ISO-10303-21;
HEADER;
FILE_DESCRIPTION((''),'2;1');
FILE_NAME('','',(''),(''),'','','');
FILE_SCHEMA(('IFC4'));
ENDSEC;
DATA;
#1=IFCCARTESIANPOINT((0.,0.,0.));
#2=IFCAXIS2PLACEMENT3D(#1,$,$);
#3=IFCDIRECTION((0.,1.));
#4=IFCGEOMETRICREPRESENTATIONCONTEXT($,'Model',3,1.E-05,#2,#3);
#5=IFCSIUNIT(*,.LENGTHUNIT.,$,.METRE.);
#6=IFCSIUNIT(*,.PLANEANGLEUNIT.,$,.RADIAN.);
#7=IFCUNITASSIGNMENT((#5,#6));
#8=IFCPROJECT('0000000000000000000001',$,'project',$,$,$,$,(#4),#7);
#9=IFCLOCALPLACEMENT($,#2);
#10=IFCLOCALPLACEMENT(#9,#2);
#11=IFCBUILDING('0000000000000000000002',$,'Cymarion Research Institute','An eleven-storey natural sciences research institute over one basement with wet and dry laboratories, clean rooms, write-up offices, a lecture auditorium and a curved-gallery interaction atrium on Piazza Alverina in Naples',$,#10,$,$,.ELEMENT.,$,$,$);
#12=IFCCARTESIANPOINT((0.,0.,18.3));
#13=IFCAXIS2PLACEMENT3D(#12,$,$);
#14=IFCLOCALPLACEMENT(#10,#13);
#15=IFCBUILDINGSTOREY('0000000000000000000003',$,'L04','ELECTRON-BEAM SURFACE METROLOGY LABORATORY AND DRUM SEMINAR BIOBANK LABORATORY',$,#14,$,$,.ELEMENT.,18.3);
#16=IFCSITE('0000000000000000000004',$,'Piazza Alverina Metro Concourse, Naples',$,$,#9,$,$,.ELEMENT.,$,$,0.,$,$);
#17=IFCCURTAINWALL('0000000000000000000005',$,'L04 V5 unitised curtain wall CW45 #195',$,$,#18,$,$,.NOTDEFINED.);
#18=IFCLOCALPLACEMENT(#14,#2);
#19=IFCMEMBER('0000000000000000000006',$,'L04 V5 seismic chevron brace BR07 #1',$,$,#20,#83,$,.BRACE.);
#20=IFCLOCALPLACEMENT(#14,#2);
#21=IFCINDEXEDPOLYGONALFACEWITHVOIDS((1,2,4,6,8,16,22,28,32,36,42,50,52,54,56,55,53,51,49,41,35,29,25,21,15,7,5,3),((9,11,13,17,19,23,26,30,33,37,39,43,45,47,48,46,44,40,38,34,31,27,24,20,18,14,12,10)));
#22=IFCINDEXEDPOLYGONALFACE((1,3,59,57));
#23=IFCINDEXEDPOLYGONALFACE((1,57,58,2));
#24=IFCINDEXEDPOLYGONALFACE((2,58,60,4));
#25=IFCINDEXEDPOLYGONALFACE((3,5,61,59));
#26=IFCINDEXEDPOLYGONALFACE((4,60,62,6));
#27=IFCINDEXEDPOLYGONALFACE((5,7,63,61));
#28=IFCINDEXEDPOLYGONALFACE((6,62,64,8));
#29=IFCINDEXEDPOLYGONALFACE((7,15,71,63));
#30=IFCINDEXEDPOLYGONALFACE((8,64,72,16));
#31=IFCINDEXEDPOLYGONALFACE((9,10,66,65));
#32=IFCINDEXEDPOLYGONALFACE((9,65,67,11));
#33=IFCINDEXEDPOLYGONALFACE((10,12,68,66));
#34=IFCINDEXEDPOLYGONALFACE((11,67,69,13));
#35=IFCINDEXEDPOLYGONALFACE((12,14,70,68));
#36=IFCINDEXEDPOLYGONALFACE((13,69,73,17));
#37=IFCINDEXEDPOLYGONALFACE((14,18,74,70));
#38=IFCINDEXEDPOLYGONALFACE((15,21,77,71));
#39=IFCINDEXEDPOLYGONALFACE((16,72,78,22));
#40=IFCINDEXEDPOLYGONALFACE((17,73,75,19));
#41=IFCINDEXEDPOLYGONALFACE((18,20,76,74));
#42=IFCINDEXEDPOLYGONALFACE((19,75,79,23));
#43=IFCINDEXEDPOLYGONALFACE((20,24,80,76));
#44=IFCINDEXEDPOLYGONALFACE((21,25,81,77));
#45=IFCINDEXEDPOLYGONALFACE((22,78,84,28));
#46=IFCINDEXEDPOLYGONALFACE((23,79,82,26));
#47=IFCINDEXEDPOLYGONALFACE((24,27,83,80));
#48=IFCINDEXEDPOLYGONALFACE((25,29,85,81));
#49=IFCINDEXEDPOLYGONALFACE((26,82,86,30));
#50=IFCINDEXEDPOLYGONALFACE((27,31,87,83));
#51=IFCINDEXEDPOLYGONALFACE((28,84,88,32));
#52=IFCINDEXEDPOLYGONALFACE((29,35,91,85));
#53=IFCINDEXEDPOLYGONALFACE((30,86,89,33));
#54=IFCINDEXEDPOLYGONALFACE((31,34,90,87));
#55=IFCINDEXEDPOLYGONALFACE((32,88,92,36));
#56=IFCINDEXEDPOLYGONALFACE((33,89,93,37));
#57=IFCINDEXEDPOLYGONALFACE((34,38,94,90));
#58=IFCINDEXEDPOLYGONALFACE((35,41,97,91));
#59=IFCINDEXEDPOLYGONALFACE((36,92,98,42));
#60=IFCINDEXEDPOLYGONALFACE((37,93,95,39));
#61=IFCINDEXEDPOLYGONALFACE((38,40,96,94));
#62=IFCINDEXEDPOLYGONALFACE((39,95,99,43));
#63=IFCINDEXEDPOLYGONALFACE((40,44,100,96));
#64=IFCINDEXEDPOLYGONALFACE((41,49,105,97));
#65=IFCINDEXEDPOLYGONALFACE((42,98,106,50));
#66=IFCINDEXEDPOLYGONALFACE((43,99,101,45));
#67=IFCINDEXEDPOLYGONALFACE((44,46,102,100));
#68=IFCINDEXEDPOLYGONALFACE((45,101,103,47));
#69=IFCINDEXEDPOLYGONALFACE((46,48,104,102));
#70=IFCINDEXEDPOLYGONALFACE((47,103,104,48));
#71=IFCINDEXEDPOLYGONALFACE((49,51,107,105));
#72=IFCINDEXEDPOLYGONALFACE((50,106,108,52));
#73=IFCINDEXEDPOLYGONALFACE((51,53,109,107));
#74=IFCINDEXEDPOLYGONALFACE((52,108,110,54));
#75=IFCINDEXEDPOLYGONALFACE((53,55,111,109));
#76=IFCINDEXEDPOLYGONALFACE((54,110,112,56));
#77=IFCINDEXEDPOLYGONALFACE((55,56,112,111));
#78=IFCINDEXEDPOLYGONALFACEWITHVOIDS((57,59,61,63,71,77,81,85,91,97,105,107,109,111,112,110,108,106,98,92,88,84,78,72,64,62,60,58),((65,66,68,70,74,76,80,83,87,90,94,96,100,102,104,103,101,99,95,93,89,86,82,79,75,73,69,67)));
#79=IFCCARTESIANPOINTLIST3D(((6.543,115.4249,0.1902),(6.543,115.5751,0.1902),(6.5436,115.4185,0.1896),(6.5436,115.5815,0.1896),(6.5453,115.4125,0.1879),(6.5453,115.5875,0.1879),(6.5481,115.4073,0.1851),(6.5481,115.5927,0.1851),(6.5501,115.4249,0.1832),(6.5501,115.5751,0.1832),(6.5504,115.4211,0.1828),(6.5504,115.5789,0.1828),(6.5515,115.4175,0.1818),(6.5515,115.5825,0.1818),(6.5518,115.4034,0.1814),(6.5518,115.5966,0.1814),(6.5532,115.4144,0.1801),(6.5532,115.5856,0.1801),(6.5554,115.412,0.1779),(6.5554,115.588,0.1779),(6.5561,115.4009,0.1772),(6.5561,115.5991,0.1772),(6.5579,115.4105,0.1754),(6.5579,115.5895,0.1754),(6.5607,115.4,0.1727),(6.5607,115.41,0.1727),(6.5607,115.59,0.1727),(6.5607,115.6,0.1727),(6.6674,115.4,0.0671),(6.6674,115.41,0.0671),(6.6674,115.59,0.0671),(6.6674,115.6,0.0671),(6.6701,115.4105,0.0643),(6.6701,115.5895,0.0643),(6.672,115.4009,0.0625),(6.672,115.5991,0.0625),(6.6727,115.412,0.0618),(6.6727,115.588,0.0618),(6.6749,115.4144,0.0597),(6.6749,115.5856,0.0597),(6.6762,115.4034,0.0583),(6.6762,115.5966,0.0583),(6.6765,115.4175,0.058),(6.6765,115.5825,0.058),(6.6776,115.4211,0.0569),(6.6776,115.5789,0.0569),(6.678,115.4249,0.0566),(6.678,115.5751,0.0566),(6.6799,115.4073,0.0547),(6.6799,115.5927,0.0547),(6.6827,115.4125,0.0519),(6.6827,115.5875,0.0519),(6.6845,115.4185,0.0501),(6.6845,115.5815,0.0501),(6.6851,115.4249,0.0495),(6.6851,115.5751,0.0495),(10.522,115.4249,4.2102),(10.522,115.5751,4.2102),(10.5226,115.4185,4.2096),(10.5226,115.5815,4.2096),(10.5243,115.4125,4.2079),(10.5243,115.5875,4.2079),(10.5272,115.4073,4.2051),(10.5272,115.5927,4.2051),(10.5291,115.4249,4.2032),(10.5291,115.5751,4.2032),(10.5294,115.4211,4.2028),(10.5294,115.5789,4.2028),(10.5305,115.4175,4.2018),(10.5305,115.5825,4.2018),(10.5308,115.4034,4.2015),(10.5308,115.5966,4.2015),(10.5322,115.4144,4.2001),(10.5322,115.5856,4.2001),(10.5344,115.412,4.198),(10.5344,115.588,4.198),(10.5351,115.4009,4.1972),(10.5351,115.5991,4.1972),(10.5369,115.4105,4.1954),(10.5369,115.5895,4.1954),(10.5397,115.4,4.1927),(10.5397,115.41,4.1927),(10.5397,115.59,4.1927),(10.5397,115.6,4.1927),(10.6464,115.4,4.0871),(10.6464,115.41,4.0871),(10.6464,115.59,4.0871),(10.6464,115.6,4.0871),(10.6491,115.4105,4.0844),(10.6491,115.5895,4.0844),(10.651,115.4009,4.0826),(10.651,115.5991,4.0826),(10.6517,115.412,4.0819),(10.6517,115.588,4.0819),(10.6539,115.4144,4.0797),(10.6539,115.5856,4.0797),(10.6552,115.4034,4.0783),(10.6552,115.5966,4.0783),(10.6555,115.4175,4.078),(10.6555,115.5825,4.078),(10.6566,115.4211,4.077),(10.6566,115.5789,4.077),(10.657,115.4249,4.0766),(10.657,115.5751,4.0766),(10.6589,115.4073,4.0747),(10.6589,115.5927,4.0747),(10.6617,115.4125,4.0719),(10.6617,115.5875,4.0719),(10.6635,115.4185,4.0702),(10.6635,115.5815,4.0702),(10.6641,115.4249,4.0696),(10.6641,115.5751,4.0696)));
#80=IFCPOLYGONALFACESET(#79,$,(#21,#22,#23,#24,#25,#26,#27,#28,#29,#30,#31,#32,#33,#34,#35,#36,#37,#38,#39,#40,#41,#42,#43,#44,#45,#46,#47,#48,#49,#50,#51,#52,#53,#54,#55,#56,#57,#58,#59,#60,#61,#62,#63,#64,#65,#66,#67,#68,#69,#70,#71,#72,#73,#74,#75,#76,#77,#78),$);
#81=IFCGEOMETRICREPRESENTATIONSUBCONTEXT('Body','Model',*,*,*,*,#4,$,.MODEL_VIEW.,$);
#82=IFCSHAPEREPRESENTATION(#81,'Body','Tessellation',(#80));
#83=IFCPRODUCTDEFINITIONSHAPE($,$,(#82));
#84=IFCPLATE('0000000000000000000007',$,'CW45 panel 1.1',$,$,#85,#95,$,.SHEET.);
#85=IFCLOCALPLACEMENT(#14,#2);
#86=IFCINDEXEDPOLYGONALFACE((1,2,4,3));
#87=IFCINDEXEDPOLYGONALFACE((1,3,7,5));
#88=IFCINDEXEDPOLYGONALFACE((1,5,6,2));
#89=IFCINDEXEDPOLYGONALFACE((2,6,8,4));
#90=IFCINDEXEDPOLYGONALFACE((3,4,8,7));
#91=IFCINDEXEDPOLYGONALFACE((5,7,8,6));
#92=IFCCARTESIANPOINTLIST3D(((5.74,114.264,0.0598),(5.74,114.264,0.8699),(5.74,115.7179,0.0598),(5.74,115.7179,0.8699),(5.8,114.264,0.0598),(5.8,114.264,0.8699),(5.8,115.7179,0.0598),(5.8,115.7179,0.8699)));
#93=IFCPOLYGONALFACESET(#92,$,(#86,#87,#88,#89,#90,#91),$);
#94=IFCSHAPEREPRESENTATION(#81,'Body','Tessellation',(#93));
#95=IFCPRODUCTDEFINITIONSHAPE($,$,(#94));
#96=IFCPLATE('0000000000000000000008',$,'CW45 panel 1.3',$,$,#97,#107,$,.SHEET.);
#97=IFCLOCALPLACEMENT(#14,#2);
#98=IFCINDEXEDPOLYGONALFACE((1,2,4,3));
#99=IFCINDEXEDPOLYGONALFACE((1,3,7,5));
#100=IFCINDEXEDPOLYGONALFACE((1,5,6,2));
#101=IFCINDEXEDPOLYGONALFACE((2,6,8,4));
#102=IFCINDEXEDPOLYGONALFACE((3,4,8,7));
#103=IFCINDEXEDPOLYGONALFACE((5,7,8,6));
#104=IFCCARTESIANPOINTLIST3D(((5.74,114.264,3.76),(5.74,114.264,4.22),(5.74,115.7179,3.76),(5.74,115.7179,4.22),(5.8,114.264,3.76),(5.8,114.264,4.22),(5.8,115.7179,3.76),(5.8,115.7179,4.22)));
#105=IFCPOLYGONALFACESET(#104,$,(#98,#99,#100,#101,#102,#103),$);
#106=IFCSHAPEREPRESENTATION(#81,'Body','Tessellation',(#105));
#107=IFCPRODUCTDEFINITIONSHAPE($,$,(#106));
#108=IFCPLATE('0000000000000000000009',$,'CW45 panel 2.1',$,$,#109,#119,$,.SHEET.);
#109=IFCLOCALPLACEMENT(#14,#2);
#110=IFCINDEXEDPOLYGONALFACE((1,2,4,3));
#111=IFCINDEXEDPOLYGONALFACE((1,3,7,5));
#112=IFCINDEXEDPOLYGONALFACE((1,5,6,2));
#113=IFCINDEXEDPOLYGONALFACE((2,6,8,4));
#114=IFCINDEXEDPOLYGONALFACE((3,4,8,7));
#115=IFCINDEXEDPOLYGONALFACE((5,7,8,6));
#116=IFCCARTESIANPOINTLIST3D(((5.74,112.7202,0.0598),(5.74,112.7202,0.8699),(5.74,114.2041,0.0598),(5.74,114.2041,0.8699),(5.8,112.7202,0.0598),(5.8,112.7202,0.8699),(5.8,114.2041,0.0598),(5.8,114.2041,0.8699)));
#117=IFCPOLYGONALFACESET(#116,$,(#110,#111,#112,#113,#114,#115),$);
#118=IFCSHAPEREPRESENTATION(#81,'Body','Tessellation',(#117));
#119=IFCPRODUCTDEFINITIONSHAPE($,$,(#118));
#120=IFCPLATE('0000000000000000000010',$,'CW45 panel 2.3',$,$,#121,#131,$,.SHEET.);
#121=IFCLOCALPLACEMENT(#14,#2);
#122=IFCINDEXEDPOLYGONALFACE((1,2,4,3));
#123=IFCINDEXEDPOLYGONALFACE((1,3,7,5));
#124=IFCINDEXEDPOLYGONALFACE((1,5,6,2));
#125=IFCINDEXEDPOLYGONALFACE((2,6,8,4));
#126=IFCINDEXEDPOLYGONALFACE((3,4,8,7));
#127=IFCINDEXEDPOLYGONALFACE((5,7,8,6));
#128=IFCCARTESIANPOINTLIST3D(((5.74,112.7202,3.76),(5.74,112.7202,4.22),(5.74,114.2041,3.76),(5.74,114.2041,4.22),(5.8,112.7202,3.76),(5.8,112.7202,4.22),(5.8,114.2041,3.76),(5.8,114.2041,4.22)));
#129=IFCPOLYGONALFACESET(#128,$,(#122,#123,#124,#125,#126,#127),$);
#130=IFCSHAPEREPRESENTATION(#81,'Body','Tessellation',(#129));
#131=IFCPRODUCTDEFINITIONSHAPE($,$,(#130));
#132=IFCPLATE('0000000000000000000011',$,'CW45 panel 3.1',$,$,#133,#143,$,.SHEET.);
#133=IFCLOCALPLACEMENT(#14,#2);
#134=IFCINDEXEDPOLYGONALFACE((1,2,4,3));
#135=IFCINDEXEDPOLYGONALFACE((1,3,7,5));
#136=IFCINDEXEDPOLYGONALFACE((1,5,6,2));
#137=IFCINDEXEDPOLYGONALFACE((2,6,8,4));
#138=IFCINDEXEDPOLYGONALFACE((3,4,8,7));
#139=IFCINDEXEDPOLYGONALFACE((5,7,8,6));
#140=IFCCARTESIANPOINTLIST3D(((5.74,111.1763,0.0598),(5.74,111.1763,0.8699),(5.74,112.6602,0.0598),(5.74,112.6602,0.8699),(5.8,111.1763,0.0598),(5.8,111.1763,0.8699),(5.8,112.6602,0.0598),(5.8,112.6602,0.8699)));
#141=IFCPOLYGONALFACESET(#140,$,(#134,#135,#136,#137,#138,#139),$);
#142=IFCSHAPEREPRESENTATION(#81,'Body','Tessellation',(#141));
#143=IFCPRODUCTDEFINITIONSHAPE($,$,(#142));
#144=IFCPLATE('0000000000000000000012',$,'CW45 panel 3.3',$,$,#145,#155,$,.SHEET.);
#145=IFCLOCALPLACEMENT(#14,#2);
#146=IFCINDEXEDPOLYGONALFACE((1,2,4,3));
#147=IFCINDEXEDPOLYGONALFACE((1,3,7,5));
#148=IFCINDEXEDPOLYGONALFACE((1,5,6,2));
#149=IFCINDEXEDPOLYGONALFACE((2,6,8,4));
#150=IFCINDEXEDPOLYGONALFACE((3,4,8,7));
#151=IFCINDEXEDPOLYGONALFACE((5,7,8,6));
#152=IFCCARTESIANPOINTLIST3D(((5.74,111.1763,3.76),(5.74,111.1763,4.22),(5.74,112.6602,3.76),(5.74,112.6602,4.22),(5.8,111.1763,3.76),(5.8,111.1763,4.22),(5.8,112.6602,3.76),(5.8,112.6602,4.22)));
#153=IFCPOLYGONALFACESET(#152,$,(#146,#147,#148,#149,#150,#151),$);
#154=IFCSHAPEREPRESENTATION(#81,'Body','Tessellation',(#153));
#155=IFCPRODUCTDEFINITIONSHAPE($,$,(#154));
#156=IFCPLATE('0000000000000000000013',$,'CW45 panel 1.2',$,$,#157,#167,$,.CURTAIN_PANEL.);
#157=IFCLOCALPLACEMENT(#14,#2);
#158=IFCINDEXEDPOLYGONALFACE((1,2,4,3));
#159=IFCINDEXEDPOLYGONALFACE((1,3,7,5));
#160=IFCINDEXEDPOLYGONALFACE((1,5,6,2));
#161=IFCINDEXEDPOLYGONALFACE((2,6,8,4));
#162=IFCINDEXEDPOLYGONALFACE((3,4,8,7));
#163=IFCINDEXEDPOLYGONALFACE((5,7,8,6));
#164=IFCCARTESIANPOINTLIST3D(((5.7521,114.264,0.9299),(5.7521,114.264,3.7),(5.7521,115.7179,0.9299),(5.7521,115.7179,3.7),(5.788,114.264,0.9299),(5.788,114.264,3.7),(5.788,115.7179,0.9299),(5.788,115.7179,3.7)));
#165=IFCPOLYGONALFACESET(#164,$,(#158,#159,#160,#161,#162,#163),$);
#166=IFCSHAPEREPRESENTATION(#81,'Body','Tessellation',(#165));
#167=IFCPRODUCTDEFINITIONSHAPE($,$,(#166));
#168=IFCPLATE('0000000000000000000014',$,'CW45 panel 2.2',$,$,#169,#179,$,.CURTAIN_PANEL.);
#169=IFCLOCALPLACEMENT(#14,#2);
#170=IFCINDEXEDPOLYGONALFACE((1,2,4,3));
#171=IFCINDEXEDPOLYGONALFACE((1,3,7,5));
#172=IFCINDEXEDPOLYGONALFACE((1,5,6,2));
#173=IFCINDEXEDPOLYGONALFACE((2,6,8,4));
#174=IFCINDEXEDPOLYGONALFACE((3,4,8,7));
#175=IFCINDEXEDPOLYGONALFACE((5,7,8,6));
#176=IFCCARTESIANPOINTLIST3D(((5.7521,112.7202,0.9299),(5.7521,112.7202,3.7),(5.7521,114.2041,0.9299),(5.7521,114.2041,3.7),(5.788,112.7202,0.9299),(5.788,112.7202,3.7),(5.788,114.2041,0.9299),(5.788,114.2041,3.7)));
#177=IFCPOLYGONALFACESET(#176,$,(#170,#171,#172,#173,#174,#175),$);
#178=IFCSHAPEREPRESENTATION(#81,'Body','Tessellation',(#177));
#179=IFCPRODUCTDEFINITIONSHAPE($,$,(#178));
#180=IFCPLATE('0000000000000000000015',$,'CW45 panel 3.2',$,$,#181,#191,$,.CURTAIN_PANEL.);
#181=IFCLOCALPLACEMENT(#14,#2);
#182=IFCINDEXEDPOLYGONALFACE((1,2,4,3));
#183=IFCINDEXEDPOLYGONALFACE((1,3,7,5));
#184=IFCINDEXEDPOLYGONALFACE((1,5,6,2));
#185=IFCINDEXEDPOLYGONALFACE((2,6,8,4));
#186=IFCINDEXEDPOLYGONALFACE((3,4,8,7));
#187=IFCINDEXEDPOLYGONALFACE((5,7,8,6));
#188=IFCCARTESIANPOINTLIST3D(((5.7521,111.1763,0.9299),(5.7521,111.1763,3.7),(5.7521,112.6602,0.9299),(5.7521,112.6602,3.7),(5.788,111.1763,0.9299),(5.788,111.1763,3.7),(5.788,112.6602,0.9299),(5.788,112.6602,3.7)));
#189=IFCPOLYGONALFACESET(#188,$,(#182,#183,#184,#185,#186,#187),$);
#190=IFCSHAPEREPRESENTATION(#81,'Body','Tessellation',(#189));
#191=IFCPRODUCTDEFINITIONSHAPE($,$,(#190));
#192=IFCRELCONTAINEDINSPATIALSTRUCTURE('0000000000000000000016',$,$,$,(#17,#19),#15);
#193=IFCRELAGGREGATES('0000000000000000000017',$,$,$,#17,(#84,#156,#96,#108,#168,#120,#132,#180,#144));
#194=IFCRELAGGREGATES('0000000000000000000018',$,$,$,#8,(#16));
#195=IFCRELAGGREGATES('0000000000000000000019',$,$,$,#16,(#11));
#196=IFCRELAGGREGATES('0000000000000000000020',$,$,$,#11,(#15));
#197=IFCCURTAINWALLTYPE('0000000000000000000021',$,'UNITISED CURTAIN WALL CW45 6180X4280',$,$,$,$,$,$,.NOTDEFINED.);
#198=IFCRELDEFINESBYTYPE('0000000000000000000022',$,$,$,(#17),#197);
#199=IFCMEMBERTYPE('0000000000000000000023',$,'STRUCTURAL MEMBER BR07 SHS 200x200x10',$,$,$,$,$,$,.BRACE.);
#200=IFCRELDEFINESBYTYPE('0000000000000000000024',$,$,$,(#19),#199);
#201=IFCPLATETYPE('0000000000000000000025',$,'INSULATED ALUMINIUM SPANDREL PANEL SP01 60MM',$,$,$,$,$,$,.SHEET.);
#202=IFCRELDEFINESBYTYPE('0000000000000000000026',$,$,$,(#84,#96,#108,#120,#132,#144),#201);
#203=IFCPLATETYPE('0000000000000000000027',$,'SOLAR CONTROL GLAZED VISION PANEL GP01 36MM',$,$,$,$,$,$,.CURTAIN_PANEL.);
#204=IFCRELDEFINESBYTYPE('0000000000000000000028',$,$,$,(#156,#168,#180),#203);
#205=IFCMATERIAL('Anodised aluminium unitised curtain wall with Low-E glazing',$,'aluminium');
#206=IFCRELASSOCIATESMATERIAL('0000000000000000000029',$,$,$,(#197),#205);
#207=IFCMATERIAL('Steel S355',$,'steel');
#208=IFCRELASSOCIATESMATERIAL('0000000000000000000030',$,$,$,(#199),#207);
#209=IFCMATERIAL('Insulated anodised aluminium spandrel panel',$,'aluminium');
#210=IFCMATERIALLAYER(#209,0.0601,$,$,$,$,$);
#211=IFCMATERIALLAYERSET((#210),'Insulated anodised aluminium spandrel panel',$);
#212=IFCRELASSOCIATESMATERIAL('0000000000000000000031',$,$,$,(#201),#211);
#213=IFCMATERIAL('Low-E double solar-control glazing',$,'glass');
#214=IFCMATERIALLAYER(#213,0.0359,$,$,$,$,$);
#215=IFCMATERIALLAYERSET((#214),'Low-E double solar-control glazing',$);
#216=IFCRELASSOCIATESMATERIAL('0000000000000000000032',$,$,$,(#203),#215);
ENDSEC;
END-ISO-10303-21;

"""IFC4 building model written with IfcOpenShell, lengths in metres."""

from ifc_helpers import new_model, si_unit, direction, frame, origin, origin_2d, place, context, subcontext, project, spatial, rectangle, hollow_rectangle, extrude, material, layer, layer_set, material_profile, profile_set, type_object, element, aggregate, save


model = new_model("IFC4")

# Units and contexts
model_context = context("Model", 3, precision=1e-05, world=origin(), true_north=direction((0.0, 1.0)))
body_context = subcontext(model_context, "Body", "Model", "MODEL_VIEW")
ifc_project = project(units=[si_unit("LENGTHUNIT", "METRE"), si_unit("PLANEANGLEUNIT", "RADIAN")], contexts=[model_context])

# Site, building, storey
site_placement = place(None, origin())
site = spatial("IfcSite", under=ifc_project, at=site_placement, Name="Piazza Alverina Metro Concourse, Naples", CompositionType="ELEMENT", RefElevation=0.0)
building_placement = place(site_placement, origin())
building = spatial("IfcBuilding", under=site, at=building_placement, Name="Cymarion Research Institute", Description="An eleven-storey natural sciences research institute over one basement with wet and dry laboratories, clean rooms, write-up offices, a lecture auditorium and a curved-gallery interaction atrium on Piazza Alverina in Naples", CompositionType="ELEMENT")
storey_placement = place(building_placement, frame((0.0, 0.0, 18.3)))
storey = spatial("IfcBuildingStorey", under=building, at=storey_placement, Name="L04", Description="ELECTRON-BEAM SURFACE METROLOGY LABORATORY AND DRUM SEMINAR BIOBANK LABORATORY", CompositionType="ELEMENT", Elevation=18.3)

# Shared definitions
ifc_material_1 = material(Name="Steel S355", Category="steel")

# Curtain wall
ifc_material_2 = material(Name="Anodised aluminium unitised curtain wall with Low-E glazing", Category="aluminium")
curtain_wall_type = type_object("IfcCurtainWallType", Name="UNITISED CURTAIN WALL CW45 6180X4280", PredefinedType="NOTDEFINED", material=ifc_material_2)
curtain_wall_placement = place(storey_placement, origin())
curtain_wall = element("IfcCurtainWall", 1, at=curtain_wall_placement, inside=storey, type_object=curtain_wall_type, Name="L04 V5 unitised curtain wall CW45 #195", PredefinedType="NOTDEFINED")

# Member
ifc_material_profile_1 = material_profile(ifc_material_1, hollow_rectangle(XDim=0.2, YDim=0.2, WallThickness=0.01, InnerFilletRadius=0.0149, OuterFilletRadius=0.0249, at=origin_2d()), Name="SHS 200x200x10")
ifc_profile_set_1 = profile_set([ifc_material_profile_1], Name="Steel S355")
member_type_1 = type_object("IfcMemberType", Name="STRUCTURAL MEMBER BR07 SHS 200x200x10", PredefinedType="BRACE", material=ifc_profile_set_1)
member_1_placement = place(storey_placement, frame((6.614, 115.5, 0.1199), z_axis=(0.703472, 0.0, 0.710723), x_axis=(0.0, 1.0, 0.0)))
element("IfcMember", 2, at=member_1_placement, inside=storey, type_object=member_type_1, Name="L04 V5 seismic chevron brace BR07 #1", PredefinedType="BRACE", context=body_context, shape_type="SweptSolid", body=[
    extrude(hollow_rectangle(XDim=0.2, YDim=0.2, WallThickness=0.01, InnerFilletRadius=0.0149, OuterFilletRadius=0.0249, at=origin_2d()), origin(), (0.0, 0.0, 1.0), 5.6562),
])

# Plates
ifc_material_3 = material(Name="Insulated anodised aluminium spandrel panel", Category="aluminium")
ifc_layer_1 = layer(ifc_material_3, 0.0601)
ifc_layer_set_1 = layer_set([ifc_layer_1], Name="Insulated anodised aluminium spandrel panel")
plate_type_1 = type_object("IfcPlateType", Name="INSULATED ALUMINIUM SPANDREL PANEL SP01 60MM", PredefinedType="SHEET", material=ifc_layer_set_1)
plate_1_placement = place(storey_placement, frame((5.77, 114.991, 0.0598), z_axis=(0.0, 0.0, 1.0), x_axis=(0.0, -1.0, 0.0)))
plate_1 = element("IfcPlate", 3, at=plate_1_placement, type_object=plate_type_1, Name="CW45 panel 1.1", PredefinedType="SHEET", context=body_context, shape_type="SweptSolid", body=[
    extrude(rectangle(XDim=1.4539, YDim=0.0601, at=origin_2d()), origin(), (0.0, 0.0, 1.0), 0.8101),
])
plate_2_placement = place(storey_placement, frame((5.77, 114.991, 3.76), z_axis=(0.0, 0.0, 1.0), x_axis=(0.0, -1.0, 0.0)))
plate_2 = element("IfcPlate", 4, at=plate_2_placement, type_object=plate_type_1, Name="CW45 panel 1.3", PredefinedType="SHEET", context=body_context, shape_type="SweptSolid", body=[
    extrude(rectangle(XDim=1.4539, YDim=0.0601, at=origin_2d()), origin(), (0.0, 0.0, 1.0), 0.46),
])
plate_3_placement = place(storey_placement, frame((5.77, 113.4622, 0.0598), z_axis=(0.0, 0.0, 1.0), x_axis=(0.0, -1.0, 0.0)))
plate_3 = element("IfcPlate", 5, at=plate_3_placement, type_object=plate_type_1, Name="CW45 panel 2.1", PredefinedType="SHEET", context=body_context, shape_type="SweptSolid", body=[
    extrude(rectangle(XDim=1.4839, YDim=0.0601, at=origin_2d()), origin(), (0.0, 0.0, 1.0), 0.8101),
])
plate_4_placement = place(storey_placement, frame((5.77, 113.4622, 3.76), z_axis=(0.0, 0.0, 1.0), x_axis=(0.0, -1.0, 0.0)))
plate_4 = element("IfcPlate", 6, at=plate_4_placement, type_object=plate_type_1, Name="CW45 panel 2.3", PredefinedType="SHEET", context=body_context, shape_type="SweptSolid", body=[
    extrude(rectangle(XDim=1.4839, YDim=0.0601, at=origin_2d()), origin(), (0.0, 0.0, 1.0), 0.46),
])
plate_5_placement = place(storey_placement, frame((5.77, 111.9182, 0.0598), z_axis=(0.0, 0.0, 1.0), x_axis=(0.0, -1.0, 0.0)))
plate_5 = element("IfcPlate", 7, at=plate_5_placement, type_object=plate_type_1, Name="CW45 panel 3.1", PredefinedType="SHEET", context=body_context, shape_type="SweptSolid", body=[
    extrude(rectangle(XDim=1.4839, YDim=0.0601, at=origin_2d()), origin(), (0.0, 0.0, 1.0), 0.8101),
])
plate_6_placement = place(storey_placement, frame((5.77, 111.9182, 3.76), z_axis=(0.0, 0.0, 1.0), x_axis=(0.0, -1.0, 0.0)))
plate_6 = element("IfcPlate", 8, at=plate_6_placement, type_object=plate_type_1, Name="CW45 panel 3.3", PredefinedType="SHEET", context=body_context, shape_type="SweptSolid", body=[
    extrude(rectangle(XDim=1.4839, YDim=0.0601, at=origin_2d()), origin(), (0.0, 0.0, 1.0), 0.46),
])
ifc_material_4 = material(Name="Low-E double solar-control glazing", Category="glass")
ifc_layer_2 = layer(ifc_material_4, 0.0359)
ifc_layer_set_2 = layer_set([ifc_layer_2], Name="Low-E double solar-control glazing")
plate_type_2 = type_object("IfcPlateType", Name="SOLAR CONTROL GLAZED VISION PANEL GP01 36MM", PredefinedType="CURTAIN_PANEL", material=ifc_layer_set_2)
plate_7_placement = place(storey_placement, frame((5.77, 114.991, 0.9299), z_axis=(0.0, 0.0, 1.0), x_axis=(0.0, -1.0, 0.0)))
plate_7 = element("IfcPlate", 9, at=plate_7_placement, type_object=plate_type_2, Name="CW45 panel 1.2", PredefinedType="CURTAIN_PANEL", context=body_context, shape_type="SweptSolid", body=[
    extrude(rectangle(XDim=1.4539, YDim=0.0359, at=origin_2d()), origin(), (0.0, 0.0, 1.0), 2.77),
])
plate_8_placement = place(storey_placement, frame((5.77, 113.4622, 0.9299), z_axis=(0.0, 0.0, 1.0), x_axis=(0.0, -1.0, 0.0)))
plate_8 = element("IfcPlate", 10, at=plate_8_placement, type_object=plate_type_2, Name="CW45 panel 2.2", PredefinedType="CURTAIN_PANEL", context=body_context, shape_type="SweptSolid", body=[
    extrude(rectangle(XDim=1.4839, YDim=0.0359, at=origin_2d()), origin(), (0.0, 0.0, 1.0), 2.77),
])
plate_9_placement = place(storey_placement, frame((5.77, 111.9182, 0.9299), z_axis=(0.0, 0.0, 1.0), x_axis=(0.0, -1.0, 0.0)))
plate_9 = element("IfcPlate", 11, at=plate_9_placement, type_object=plate_type_2, Name="CW45 panel 3.2", PredefinedType="CURTAIN_PANEL", context=body_context, shape_type="SweptSolid", body=[
    extrude(rectangle(XDim=1.4839, YDim=0.0359, at=origin_2d()), origin(), (0.0, 0.0, 1.0), 2.77),
])
aggregate(curtain_wall, [plate_1, plate_7, plate_2, plate_3, plate_8, plate_4, plate_5, plate_9, plate_6])

save(model, "model.ifc")
